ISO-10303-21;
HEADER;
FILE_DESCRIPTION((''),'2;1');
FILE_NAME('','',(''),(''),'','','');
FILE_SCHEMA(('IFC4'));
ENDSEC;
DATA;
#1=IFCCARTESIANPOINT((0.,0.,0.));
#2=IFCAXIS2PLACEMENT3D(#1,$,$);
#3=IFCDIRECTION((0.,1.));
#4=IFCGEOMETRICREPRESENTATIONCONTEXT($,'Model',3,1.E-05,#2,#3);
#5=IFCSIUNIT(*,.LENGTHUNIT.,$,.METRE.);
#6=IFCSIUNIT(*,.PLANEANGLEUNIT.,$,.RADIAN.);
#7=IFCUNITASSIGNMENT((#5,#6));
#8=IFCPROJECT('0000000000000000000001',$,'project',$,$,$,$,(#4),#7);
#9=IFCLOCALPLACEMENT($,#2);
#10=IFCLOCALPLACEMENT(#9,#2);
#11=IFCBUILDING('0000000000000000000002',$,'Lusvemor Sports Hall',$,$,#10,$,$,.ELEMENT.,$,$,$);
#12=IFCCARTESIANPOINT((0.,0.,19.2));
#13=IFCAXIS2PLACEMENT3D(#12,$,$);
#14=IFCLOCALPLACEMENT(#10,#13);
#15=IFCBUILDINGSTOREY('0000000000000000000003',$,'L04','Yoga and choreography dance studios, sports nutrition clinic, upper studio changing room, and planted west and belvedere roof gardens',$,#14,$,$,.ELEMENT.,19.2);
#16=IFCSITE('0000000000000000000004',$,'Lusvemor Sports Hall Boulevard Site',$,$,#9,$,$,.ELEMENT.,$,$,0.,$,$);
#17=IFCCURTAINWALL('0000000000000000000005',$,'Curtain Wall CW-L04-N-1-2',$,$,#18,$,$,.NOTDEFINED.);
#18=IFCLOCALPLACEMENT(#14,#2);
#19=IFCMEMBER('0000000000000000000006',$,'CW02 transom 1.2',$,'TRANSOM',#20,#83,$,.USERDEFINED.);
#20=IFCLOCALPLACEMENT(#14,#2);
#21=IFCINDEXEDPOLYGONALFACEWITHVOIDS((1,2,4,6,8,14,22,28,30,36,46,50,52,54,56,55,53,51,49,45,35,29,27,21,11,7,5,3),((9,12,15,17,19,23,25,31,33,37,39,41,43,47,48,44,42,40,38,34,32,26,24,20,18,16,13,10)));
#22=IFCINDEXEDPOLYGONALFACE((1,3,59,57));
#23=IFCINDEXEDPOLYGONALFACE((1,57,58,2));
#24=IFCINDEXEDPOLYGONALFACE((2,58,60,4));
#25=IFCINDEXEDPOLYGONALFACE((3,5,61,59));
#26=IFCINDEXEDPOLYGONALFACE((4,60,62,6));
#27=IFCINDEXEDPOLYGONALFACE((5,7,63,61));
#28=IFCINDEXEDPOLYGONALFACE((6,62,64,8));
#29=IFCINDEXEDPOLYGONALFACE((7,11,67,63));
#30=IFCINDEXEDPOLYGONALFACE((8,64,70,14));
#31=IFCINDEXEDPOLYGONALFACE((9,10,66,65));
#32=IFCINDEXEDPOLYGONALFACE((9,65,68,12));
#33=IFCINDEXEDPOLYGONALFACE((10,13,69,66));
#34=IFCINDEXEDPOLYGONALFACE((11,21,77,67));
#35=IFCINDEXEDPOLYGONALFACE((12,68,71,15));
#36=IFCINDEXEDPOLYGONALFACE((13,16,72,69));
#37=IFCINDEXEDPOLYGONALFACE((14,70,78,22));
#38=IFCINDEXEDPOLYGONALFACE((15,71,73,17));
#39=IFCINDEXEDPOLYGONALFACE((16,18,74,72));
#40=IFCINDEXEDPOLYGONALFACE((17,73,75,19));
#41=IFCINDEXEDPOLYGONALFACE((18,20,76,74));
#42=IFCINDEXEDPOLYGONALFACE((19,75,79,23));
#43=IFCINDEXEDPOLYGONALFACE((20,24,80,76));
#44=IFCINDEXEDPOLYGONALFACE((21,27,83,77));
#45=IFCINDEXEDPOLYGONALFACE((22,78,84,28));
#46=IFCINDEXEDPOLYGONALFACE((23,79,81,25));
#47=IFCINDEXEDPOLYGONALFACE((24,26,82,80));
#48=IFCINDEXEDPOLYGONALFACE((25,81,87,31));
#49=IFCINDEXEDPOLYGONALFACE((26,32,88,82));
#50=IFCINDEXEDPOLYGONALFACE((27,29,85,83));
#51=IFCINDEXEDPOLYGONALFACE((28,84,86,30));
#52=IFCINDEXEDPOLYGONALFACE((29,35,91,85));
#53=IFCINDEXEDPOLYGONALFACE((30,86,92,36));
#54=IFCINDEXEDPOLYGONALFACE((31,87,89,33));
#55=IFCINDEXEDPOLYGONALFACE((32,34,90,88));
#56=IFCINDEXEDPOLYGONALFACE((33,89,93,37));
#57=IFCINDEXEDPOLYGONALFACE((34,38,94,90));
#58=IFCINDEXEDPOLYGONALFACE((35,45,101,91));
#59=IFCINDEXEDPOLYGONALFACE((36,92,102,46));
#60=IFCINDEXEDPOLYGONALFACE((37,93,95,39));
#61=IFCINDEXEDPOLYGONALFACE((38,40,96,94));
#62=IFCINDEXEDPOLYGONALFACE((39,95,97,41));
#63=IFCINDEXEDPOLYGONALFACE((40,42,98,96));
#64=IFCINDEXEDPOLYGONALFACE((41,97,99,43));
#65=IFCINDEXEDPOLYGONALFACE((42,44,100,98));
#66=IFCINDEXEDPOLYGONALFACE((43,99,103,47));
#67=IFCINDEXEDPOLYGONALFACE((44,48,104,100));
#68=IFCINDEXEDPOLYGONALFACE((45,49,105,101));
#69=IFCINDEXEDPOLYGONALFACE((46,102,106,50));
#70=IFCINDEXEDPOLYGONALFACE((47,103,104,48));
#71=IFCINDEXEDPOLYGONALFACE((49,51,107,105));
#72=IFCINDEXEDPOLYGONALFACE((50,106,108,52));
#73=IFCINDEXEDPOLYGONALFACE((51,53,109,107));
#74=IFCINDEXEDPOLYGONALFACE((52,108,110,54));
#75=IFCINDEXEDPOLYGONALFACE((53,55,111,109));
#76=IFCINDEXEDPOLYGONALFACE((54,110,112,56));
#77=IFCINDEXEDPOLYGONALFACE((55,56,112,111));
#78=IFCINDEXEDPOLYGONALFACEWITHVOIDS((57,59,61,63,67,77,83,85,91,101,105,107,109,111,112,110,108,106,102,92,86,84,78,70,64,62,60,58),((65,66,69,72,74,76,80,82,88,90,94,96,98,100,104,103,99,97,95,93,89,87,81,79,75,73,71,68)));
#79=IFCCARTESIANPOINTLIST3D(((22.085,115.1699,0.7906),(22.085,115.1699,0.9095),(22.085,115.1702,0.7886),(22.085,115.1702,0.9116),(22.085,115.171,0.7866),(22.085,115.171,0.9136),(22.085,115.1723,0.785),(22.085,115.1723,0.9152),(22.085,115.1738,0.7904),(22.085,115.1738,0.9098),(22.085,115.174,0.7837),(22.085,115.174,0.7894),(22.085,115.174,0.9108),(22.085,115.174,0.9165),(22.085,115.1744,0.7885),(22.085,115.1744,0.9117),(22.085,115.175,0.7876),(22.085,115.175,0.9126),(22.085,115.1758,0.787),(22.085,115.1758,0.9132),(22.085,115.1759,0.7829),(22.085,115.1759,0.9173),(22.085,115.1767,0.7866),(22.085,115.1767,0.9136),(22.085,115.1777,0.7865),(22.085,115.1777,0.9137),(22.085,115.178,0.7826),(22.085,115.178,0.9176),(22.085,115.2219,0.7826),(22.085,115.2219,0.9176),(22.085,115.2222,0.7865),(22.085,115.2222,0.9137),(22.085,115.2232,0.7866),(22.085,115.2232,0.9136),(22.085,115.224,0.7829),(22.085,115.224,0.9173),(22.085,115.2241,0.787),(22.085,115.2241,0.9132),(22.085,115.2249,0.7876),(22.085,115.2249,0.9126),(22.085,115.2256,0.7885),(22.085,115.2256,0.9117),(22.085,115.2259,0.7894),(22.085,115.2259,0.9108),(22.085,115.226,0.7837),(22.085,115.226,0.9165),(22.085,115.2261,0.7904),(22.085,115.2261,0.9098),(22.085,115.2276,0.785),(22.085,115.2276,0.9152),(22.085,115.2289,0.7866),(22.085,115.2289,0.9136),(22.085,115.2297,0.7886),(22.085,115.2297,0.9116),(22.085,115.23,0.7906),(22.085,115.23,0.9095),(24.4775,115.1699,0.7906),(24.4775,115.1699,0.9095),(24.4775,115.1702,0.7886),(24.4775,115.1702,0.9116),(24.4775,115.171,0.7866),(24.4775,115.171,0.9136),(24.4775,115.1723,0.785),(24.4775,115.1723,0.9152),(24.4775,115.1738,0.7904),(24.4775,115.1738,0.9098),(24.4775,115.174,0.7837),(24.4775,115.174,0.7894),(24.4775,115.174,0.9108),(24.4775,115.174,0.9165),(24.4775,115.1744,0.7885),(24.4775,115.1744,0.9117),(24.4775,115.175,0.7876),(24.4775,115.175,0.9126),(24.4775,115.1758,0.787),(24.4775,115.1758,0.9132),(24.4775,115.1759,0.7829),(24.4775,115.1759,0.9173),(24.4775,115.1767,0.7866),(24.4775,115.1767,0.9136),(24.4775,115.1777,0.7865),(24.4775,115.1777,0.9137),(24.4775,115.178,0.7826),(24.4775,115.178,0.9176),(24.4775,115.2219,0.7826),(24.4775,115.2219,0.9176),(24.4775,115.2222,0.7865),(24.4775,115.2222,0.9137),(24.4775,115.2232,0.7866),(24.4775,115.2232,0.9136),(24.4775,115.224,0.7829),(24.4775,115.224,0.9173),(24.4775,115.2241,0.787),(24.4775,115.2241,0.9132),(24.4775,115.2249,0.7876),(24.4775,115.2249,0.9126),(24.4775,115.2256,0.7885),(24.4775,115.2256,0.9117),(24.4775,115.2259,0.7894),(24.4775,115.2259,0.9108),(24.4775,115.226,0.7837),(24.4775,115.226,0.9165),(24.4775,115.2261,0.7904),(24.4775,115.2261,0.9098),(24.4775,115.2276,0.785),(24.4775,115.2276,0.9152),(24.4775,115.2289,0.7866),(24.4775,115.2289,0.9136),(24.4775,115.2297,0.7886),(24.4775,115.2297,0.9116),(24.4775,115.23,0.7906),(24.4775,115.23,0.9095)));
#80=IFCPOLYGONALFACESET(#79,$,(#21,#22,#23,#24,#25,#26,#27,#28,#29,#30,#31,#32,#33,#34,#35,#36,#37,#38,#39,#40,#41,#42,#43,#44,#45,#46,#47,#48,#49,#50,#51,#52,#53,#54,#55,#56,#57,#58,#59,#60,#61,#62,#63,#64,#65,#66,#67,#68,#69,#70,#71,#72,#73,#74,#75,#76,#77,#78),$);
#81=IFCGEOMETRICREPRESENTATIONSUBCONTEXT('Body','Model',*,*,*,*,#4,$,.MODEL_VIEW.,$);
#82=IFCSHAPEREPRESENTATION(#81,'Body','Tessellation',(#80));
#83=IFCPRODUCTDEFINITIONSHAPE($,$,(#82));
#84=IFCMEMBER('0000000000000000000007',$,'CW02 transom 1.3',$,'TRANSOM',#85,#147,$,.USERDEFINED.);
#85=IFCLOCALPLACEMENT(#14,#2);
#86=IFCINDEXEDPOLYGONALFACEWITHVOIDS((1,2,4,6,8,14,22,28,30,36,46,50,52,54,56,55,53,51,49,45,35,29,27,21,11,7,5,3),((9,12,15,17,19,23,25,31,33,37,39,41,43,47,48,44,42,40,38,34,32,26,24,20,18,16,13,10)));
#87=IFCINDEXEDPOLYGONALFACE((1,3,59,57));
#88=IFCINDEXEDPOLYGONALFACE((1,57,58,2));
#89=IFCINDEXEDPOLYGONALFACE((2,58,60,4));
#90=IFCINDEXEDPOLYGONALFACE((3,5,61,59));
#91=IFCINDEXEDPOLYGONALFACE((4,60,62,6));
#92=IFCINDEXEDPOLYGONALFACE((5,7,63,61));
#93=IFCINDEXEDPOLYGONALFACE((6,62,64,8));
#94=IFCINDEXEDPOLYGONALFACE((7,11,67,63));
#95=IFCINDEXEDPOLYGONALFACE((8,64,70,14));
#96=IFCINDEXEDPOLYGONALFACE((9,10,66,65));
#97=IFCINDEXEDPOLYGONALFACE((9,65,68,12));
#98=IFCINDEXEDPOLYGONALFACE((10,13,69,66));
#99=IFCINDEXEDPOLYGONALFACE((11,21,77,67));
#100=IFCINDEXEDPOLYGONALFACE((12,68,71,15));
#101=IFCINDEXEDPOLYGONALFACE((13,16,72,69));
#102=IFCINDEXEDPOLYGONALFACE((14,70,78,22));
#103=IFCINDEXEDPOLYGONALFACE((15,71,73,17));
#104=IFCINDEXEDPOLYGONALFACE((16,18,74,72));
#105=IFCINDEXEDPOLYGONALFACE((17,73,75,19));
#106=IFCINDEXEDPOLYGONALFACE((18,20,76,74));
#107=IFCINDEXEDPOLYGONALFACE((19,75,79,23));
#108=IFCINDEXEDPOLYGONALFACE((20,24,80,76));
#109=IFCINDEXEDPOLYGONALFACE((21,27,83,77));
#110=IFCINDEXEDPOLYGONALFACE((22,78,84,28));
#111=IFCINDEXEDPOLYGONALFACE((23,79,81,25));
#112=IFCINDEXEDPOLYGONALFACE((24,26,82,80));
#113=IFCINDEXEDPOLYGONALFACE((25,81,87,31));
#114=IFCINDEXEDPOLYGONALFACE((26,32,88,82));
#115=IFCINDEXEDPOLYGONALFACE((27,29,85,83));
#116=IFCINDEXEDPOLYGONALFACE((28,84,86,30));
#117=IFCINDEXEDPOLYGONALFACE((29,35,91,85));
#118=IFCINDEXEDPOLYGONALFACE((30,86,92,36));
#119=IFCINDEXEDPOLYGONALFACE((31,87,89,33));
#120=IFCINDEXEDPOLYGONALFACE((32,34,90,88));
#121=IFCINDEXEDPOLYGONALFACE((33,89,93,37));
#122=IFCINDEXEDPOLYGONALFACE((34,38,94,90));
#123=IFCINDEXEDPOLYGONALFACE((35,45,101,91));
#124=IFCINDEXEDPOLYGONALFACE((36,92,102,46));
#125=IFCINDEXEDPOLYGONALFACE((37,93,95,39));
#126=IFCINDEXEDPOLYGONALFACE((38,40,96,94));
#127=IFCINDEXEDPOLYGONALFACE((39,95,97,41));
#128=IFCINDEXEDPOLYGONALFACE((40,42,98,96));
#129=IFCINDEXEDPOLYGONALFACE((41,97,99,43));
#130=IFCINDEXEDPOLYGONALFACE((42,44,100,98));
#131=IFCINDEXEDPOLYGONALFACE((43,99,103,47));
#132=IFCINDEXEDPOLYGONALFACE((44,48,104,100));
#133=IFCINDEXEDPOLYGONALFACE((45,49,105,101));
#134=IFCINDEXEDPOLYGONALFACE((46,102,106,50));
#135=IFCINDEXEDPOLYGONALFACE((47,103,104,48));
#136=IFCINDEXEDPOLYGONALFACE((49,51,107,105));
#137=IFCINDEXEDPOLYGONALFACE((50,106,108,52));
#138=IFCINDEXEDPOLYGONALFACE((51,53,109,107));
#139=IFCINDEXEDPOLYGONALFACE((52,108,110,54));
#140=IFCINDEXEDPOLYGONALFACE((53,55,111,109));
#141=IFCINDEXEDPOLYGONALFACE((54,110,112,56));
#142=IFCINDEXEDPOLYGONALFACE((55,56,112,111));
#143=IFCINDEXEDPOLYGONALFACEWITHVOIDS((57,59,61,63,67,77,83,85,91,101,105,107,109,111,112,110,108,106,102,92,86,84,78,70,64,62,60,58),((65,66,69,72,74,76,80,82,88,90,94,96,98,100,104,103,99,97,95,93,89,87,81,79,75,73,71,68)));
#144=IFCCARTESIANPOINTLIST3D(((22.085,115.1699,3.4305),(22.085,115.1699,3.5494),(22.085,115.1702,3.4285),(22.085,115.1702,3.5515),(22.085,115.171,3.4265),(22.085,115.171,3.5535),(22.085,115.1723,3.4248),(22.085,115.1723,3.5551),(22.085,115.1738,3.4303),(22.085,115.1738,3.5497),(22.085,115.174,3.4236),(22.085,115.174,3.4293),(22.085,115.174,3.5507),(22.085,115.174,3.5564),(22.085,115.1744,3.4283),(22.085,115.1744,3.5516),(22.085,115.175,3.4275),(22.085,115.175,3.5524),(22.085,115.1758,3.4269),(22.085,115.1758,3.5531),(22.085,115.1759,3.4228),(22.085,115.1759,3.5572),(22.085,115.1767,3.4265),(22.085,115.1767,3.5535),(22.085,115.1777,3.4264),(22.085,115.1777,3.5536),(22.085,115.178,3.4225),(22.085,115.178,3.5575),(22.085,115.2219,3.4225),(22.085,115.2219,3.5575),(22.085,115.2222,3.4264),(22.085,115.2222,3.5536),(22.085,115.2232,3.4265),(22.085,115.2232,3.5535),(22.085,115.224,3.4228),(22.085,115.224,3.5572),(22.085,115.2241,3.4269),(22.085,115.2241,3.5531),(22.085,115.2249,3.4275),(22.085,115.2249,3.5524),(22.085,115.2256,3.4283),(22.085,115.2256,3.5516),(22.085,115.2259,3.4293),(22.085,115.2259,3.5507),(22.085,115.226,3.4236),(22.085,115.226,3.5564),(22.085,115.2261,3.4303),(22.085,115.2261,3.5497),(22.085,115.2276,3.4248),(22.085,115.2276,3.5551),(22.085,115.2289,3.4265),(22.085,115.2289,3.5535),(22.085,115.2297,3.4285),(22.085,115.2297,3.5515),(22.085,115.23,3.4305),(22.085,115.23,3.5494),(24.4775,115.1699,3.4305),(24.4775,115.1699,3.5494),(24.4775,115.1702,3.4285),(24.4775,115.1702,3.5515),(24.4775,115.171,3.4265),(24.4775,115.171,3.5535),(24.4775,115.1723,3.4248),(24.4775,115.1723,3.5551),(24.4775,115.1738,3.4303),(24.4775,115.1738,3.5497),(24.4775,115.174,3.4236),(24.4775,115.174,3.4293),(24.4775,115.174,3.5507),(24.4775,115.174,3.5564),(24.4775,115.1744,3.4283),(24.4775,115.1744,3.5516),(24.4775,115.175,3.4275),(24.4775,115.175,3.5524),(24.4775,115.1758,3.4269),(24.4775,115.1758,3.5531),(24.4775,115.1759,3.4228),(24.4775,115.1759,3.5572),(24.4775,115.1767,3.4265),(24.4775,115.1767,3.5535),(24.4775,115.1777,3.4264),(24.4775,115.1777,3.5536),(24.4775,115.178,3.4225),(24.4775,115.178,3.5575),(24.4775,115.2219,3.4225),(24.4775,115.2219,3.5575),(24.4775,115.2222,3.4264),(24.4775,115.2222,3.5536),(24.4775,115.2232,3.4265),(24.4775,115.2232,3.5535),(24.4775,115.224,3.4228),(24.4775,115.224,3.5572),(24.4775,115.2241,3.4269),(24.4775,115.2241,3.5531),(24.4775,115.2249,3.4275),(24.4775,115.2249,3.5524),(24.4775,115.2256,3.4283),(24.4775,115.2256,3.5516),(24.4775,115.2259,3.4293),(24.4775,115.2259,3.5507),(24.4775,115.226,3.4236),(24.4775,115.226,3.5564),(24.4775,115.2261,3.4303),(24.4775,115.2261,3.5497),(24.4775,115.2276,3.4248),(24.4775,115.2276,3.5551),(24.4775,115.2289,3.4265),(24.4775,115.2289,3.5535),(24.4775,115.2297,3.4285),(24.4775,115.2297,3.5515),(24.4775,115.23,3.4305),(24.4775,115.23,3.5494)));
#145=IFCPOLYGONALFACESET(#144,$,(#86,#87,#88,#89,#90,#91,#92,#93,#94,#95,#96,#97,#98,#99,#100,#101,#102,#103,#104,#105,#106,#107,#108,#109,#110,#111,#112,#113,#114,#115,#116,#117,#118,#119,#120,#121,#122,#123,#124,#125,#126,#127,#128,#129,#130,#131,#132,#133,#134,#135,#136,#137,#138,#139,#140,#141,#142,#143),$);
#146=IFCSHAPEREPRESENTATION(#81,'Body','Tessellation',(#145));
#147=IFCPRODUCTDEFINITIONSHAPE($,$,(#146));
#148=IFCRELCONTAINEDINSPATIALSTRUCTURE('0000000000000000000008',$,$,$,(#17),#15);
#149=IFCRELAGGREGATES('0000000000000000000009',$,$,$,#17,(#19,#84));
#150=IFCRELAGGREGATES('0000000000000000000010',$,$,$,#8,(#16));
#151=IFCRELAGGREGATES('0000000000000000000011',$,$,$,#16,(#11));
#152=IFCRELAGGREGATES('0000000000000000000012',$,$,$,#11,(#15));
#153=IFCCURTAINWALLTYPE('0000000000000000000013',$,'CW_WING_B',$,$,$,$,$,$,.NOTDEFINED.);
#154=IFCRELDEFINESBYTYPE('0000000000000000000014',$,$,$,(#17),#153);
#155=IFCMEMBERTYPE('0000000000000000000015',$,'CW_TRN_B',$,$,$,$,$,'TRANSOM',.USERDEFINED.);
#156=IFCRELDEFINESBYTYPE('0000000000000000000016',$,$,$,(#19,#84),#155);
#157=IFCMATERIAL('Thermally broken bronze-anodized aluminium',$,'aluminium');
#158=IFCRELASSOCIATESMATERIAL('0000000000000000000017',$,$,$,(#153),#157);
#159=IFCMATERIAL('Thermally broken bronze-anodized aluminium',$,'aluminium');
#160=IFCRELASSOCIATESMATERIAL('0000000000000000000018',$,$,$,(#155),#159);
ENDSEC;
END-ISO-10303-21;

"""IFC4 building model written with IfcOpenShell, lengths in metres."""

from ifc_helpers import new_model, si_unit, direction, frame, origin, origin_2d, place, context, subcontext, project, spatial, hollow_rectangle, extrude, material, material_profile, profile_set, type_object, element, aggregate, save


model = new_model("IFC4")

# Units and contexts
model_context = context("Model", 3, precision=1e-05, world=origin(), true_north=direction((0.0, 1.0)))
body_context = subcontext(model_context, "Body", "Model", "MODEL_VIEW")
ifc_project = project(units=[si_unit("LENGTHUNIT", "METRE"), si_unit("PLANEANGLEUNIT", "RADIAN")], contexts=[model_context])

# Site, building, storey
site_placement = place(None, origin())
site = spatial("IfcSite", under=ifc_project, at=site_placement, Name="Lusvemor Sports Hall Boulevard Site", CompositionType="ELEMENT", RefElevation=0.0)
building_placement = place(site_placement, origin())
building = spatial("IfcBuilding", under=site, at=building_placement, Name="Lusvemor Sports Hall", CompositionType="ELEMENT")
storey_placement = place(building_placement, frame((0.0, 0.0, 19.2)))
storey = spatial("IfcBuildingStorey", under=building, at=storey_placement, Name="L04", Description="Yoga and choreography dance studios, sports nutrition clinic, upper studio changing room, and planted west and belvedere roof gardens", CompositionType="ELEMENT", Elevation=19.2)

# Curtain wall
ifc_material_1 = material(Name="Thermally broken bronze-anodized aluminium", Category="aluminium")
curtain_wall_type = type_object("IfcCurtainWallType", Name="CW_WING_B", PredefinedType="NOTDEFINED", material=ifc_material_1)
curtain_wall_1_placement = place(storey_placement, origin())
curtain_wall_1 = element("IfcCurtainWall", 1, at=curtain_wall_1_placement, inside=storey, type_object=curtain_wall_type, Name="Curtain Wall CW-L04-N-1-2", PredefinedType="NOTDEFINED")

# Members
ifc_material_2 = material(Name="Thermally broken bronze-anodized aluminium", Category="aluminium")
ifc_material_profile_1 = material_profile(ifc_material_2, hollow_rectangle(XDim=0.0601, YDim=0.135, WallThickness=0.0039, InnerFilletRadius=0.0039, OuterFilletRadius=0.0081, at=origin_2d()), Name="CWTRN135x60x4")
ifc_profile_set_1 = profile_set([ifc_material_profile_1], Name="Thermally broken bronze-anodized aluminium")
member_type_1 = type_object("IfcMemberType", Name="CW_TRN_B", ElementType="TRANSOM", PredefinedType="USERDEFINED", material=ifc_profile_set_1)
member_1_placement = place(storey_placement, frame((22.085, 115.2, 0.8501), z_axis=(1.0, 0.0, 0.0), x_axis=(0.0, 1.0, 0.0)))
member_1 = element("IfcMember", 2, at=member_1_placement, type_object=member_type_1, Name="CW02 transom 1.2", ObjectType="TRANSOM", PredefinedType="USERDEFINED", context=body_context, shape_type="SweptSolid", body=[
    extrude(hollow_rectangle(XDim=0.0601, YDim=0.135, WallThickness=0.0039, InnerFilletRadius=0.0039, OuterFilletRadius=0.0081, at=origin_2d()), origin(), (0.0, 0.0, 1.0), 2.3926),
])
member_2_placement = place(storey_placement, frame((22.085, 115.2, 3.49), z_axis=(1.0, 0.0, 0.0), x_axis=(0.0, 1.0, 0.0)))
member_2 = element("IfcMember", 3, at=member_2_placement, type_object=member_type_1, Name="CW02 transom 1.3", ObjectType="TRANSOM", PredefinedType="USERDEFINED", context=body_context, shape_type="SweptSolid", body=[
    extrude(hollow_rectangle(XDim=0.0601, YDim=0.135, WallThickness=0.0039, InnerFilletRadius=0.0039, OuterFilletRadius=0.0081, at=origin_2d()), origin(), (0.0, 0.0, 1.0), 2.3926),
])

aggregate(curtain_wall_1, [member_1, member_2])

save(model, "model.ifc")
